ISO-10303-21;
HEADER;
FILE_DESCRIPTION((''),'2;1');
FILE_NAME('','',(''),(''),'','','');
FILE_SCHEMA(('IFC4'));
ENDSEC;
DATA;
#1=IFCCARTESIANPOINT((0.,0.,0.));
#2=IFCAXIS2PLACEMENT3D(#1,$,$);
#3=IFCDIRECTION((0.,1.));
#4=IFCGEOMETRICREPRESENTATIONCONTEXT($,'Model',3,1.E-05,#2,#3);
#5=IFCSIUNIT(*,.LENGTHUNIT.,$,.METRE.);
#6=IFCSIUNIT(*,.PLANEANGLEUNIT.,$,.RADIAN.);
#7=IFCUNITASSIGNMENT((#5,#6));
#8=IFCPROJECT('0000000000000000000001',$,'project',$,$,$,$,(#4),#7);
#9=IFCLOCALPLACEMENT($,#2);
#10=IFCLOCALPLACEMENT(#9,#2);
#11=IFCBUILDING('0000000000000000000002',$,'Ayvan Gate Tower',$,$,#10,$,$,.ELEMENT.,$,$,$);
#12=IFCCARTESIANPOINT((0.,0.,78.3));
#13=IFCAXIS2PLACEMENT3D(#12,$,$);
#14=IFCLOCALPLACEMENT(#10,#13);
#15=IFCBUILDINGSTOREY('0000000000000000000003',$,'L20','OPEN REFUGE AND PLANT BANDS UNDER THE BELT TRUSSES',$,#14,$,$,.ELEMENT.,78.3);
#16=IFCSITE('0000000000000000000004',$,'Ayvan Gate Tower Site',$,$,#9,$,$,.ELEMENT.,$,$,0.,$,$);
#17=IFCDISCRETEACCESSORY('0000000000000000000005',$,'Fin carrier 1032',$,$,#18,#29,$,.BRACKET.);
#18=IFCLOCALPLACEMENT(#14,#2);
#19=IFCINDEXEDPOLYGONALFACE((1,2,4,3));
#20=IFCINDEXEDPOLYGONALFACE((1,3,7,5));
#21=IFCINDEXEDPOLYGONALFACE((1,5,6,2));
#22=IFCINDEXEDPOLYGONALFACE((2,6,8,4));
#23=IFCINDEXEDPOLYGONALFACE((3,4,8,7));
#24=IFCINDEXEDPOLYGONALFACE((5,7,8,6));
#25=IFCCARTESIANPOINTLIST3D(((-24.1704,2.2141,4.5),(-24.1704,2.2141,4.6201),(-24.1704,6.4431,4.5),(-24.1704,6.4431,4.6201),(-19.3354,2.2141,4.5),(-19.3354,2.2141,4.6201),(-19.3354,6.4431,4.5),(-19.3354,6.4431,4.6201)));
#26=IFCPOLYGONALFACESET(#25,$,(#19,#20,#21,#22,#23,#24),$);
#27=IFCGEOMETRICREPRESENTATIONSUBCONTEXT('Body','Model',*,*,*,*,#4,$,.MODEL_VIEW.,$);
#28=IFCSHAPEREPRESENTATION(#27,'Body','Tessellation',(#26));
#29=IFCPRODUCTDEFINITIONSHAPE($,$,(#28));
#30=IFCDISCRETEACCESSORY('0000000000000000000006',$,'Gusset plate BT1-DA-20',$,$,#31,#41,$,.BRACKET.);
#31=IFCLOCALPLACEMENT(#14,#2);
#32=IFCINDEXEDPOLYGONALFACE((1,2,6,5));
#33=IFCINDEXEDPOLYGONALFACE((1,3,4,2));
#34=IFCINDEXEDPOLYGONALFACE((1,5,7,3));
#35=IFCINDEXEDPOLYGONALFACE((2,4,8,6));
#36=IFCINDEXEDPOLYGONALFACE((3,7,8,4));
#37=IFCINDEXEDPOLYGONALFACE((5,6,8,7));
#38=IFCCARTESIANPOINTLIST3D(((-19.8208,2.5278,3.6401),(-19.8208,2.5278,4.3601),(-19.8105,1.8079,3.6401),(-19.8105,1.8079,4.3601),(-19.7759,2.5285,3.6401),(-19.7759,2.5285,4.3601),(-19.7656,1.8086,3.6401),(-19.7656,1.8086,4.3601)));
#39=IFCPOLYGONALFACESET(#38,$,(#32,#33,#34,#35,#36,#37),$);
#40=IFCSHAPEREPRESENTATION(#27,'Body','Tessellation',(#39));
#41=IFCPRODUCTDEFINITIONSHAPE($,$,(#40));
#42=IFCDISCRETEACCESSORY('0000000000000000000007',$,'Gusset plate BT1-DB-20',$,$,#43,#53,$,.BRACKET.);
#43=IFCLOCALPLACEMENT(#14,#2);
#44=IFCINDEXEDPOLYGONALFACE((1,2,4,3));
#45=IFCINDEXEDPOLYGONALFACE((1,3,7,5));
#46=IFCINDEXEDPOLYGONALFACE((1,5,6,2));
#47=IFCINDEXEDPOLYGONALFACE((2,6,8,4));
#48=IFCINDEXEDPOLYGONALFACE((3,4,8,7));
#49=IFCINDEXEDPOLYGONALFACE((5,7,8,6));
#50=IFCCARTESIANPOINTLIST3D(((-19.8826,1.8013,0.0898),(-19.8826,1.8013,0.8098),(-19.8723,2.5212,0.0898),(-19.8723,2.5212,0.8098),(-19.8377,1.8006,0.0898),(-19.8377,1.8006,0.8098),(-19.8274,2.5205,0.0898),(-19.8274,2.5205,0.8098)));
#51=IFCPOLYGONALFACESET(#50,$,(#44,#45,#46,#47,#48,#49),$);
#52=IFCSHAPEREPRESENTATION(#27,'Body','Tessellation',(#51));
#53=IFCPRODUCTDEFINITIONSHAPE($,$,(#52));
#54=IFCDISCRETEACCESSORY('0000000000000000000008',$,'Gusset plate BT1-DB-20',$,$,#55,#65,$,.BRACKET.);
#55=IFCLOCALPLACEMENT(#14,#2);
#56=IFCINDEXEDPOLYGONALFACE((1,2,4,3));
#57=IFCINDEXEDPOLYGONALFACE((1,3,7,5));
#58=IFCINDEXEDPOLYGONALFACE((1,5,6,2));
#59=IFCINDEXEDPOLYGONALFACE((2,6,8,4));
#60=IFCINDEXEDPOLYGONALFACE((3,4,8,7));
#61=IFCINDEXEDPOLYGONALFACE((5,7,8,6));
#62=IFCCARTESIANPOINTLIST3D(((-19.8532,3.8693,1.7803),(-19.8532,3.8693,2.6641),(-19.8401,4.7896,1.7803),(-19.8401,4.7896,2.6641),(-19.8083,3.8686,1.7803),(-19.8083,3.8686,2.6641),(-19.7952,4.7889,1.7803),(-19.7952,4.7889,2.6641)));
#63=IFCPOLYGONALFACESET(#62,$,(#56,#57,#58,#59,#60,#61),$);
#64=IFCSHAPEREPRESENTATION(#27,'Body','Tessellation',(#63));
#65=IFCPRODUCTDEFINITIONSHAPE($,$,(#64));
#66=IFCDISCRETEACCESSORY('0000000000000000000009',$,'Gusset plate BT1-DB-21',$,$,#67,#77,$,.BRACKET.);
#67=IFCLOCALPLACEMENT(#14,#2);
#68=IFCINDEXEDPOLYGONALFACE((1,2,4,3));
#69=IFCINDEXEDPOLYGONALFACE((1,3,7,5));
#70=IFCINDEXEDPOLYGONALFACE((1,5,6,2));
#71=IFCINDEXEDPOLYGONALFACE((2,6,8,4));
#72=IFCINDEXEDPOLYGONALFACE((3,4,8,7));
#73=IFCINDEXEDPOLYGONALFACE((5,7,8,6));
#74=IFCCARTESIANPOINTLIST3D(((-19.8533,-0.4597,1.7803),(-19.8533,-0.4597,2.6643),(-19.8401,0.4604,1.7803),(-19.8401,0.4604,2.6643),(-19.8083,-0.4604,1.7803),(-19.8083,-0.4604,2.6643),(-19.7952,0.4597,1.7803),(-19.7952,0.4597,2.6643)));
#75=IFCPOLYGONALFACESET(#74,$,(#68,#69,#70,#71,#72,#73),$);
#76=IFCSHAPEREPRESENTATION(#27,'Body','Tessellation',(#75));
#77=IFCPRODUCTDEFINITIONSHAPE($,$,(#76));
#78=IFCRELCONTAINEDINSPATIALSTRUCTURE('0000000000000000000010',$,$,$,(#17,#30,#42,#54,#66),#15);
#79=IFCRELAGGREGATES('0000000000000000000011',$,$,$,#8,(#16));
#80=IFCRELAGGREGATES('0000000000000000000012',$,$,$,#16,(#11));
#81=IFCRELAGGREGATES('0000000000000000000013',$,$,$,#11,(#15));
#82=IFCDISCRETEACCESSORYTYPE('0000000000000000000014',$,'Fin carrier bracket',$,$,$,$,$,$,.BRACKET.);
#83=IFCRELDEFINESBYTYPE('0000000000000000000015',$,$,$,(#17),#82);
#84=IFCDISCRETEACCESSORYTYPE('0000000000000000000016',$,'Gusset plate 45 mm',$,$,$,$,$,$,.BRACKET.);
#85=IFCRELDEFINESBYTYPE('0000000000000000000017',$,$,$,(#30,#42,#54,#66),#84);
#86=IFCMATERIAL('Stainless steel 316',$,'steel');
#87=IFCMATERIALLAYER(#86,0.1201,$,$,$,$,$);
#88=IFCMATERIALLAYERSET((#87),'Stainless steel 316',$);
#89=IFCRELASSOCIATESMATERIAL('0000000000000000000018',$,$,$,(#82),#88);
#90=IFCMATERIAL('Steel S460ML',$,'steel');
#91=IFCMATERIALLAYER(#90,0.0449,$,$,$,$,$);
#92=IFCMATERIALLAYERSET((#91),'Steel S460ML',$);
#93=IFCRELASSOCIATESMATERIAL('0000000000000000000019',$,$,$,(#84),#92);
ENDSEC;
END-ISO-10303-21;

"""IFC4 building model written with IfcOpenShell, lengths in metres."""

from ifc_helpers import new_model, si_unit, direction, frame, origin, origin_2d, place, context, subcontext, project, spatial, rectangle, extrude, material, layer, layer_set, type_object, element, save


model = new_model("IFC4")

# Units and contexts
model_context = context("Model", 3, precision=1e-05, world=origin(), true_north=direction((0.0, 1.0)))
body_context = subcontext(model_context, "Body", "Model", "MODEL_VIEW")
ifc_project = project(units=[si_unit("LENGTHUNIT", "METRE"), si_unit("PLANEANGLEUNIT", "RADIAN")], contexts=[model_context])

# Site, building, storey
site_placement = place(None, origin())
site = spatial("IfcSite", under=ifc_project, at=site_placement, Name="Ayvan Gate Tower Site", CompositionType="ELEMENT", RefElevation=0.0)
building_placement = place(site_placement, origin())
building = spatial("IfcBuilding", under=site, at=building_placement, Name="Ayvan Gate Tower", CompositionType="ELEMENT")
storey_placement = place(building_placement, frame((0.0, 0.0, 78.3)))
storey = spatial("IfcBuildingStorey", under=building, at=storey_placement, Name="L20", Description="OPEN REFUGE AND PLANT BANDS UNDER THE BELT TRUSSES", CompositionType="ELEMENT", Elevation=78.3)

# Shared definitions
ifc_material_1 = material(Name="Steel S460ML", Category="steel")

# Discrete accessories
ifc_material_2 = material(Name="Stainless steel 316", Category="steel")
ifc_layer_1 = layer(ifc_material_2, 0.1201)
ifc_layer_set_1 = layer_set([ifc_layer_1], Name="Stainless steel 316")
discrete_accessory_type_1 = type_object("IfcDiscreteAccessoryType", Name="Fin carrier bracket", PredefinedType="BRACKET", material=ifc_layer_set_1)
discrete_accessory_1_placement = place(storey_placement, frame((-21.7529, 4.3286, 4.5), z_axis=(0.0, 0.0, 1.0), x_axis=(0.0, -1.0, 0.0)))
element("IfcDiscreteAccessory", 1, at=discrete_accessory_1_placement, inside=storey, type_object=discrete_accessory_type_1, Name="Fin carrier 1032", PredefinedType="BRACKET", context=body_context, shape_type="SweptSolid", body=[
    extrude(rectangle(XDim=4.229, YDim=4.835, at=origin_2d()), origin(), (0.0, 0.0, 1.0), 0.1201),
])
ifc_layer_2 = layer(ifc_material_1, 0.0449)
ifc_layer_set_2 = layer_set([ifc_layer_2], Name="Steel S460ML")
discrete_accessory_type_2 = type_object("IfcDiscreteAccessoryType", Name="Gusset plate 45 mm", PredefinedType="BRACKET", material=ifc_layer_set_2)
for number, where, z_axis, x_axis, name in (
    (2, (-19.7932, 2.1682, 3.6401), (0.0, 0.0, 1.0), (-0.01436, 0.999897, 0.0), "Gusset plate BT1-DA-20"),
    (3, (-19.855, 2.1609, 0.0898), (0.0, 0.0, 1.0), (0.014266, 0.999898, 0.0), "Gusset plate BT1-DB-20"),
):
    element("IfcDiscreteAccessory", number, at=place(storey_placement, frame(where, z_axis=z_axis, x_axis=x_axis)), inside=storey, type_object=discrete_accessory_type_2, Name=name, PredefinedType="BRACKET", context=body_context, shape_type="SweptSolid", body=[
        extrude(rectangle(XDim=0.72, YDim=0.0449, at=origin_2d()), origin(), (0.0, 0.0, 1.0), 0.72),
    ])
discrete_accessory_2_placement = place(storey_placement, frame((-19.8242, 4.3291, 1.7803), z_axis=(0.0, 0.0, 1.0), x_axis=(0.014266, 0.999898, 0.0)))
element("IfcDiscreteAccessory", 4, at=discrete_accessory_2_placement, inside=storey, type_object=discrete_accessory_type_2, Name="Gusset plate BT1-DB-20", PredefinedType="BRACKET", context=body_context, shape_type="SweptSolid", body=[
    extrude(rectangle(XDim=0.9204, YDim=0.0449, at=origin_2d()), origin(), (0.0, 0.0, 1.0), 0.8838),
])
discrete_accessory_3_placement = place(storey_placement, frame((-19.8242, 0.0, 1.7803), z_axis=(0.0, 0.0, 1.0), x_axis=(0.014313, 0.999898, 0.0)))
element("IfcDiscreteAccessory", 5, at=discrete_accessory_3_placement, inside=storey, type_object=discrete_accessory_type_2, Name="Gusset plate BT1-DB-21", PredefinedType="BRACKET", context=body_context, shape_type="SweptSolid", body=[
    extrude(rectangle(XDim=0.9202, YDim=0.0449, at=origin_2d()), origin(), (0.0, 0.0, 1.0), 0.884),
])

save(model, "model.ifc")
